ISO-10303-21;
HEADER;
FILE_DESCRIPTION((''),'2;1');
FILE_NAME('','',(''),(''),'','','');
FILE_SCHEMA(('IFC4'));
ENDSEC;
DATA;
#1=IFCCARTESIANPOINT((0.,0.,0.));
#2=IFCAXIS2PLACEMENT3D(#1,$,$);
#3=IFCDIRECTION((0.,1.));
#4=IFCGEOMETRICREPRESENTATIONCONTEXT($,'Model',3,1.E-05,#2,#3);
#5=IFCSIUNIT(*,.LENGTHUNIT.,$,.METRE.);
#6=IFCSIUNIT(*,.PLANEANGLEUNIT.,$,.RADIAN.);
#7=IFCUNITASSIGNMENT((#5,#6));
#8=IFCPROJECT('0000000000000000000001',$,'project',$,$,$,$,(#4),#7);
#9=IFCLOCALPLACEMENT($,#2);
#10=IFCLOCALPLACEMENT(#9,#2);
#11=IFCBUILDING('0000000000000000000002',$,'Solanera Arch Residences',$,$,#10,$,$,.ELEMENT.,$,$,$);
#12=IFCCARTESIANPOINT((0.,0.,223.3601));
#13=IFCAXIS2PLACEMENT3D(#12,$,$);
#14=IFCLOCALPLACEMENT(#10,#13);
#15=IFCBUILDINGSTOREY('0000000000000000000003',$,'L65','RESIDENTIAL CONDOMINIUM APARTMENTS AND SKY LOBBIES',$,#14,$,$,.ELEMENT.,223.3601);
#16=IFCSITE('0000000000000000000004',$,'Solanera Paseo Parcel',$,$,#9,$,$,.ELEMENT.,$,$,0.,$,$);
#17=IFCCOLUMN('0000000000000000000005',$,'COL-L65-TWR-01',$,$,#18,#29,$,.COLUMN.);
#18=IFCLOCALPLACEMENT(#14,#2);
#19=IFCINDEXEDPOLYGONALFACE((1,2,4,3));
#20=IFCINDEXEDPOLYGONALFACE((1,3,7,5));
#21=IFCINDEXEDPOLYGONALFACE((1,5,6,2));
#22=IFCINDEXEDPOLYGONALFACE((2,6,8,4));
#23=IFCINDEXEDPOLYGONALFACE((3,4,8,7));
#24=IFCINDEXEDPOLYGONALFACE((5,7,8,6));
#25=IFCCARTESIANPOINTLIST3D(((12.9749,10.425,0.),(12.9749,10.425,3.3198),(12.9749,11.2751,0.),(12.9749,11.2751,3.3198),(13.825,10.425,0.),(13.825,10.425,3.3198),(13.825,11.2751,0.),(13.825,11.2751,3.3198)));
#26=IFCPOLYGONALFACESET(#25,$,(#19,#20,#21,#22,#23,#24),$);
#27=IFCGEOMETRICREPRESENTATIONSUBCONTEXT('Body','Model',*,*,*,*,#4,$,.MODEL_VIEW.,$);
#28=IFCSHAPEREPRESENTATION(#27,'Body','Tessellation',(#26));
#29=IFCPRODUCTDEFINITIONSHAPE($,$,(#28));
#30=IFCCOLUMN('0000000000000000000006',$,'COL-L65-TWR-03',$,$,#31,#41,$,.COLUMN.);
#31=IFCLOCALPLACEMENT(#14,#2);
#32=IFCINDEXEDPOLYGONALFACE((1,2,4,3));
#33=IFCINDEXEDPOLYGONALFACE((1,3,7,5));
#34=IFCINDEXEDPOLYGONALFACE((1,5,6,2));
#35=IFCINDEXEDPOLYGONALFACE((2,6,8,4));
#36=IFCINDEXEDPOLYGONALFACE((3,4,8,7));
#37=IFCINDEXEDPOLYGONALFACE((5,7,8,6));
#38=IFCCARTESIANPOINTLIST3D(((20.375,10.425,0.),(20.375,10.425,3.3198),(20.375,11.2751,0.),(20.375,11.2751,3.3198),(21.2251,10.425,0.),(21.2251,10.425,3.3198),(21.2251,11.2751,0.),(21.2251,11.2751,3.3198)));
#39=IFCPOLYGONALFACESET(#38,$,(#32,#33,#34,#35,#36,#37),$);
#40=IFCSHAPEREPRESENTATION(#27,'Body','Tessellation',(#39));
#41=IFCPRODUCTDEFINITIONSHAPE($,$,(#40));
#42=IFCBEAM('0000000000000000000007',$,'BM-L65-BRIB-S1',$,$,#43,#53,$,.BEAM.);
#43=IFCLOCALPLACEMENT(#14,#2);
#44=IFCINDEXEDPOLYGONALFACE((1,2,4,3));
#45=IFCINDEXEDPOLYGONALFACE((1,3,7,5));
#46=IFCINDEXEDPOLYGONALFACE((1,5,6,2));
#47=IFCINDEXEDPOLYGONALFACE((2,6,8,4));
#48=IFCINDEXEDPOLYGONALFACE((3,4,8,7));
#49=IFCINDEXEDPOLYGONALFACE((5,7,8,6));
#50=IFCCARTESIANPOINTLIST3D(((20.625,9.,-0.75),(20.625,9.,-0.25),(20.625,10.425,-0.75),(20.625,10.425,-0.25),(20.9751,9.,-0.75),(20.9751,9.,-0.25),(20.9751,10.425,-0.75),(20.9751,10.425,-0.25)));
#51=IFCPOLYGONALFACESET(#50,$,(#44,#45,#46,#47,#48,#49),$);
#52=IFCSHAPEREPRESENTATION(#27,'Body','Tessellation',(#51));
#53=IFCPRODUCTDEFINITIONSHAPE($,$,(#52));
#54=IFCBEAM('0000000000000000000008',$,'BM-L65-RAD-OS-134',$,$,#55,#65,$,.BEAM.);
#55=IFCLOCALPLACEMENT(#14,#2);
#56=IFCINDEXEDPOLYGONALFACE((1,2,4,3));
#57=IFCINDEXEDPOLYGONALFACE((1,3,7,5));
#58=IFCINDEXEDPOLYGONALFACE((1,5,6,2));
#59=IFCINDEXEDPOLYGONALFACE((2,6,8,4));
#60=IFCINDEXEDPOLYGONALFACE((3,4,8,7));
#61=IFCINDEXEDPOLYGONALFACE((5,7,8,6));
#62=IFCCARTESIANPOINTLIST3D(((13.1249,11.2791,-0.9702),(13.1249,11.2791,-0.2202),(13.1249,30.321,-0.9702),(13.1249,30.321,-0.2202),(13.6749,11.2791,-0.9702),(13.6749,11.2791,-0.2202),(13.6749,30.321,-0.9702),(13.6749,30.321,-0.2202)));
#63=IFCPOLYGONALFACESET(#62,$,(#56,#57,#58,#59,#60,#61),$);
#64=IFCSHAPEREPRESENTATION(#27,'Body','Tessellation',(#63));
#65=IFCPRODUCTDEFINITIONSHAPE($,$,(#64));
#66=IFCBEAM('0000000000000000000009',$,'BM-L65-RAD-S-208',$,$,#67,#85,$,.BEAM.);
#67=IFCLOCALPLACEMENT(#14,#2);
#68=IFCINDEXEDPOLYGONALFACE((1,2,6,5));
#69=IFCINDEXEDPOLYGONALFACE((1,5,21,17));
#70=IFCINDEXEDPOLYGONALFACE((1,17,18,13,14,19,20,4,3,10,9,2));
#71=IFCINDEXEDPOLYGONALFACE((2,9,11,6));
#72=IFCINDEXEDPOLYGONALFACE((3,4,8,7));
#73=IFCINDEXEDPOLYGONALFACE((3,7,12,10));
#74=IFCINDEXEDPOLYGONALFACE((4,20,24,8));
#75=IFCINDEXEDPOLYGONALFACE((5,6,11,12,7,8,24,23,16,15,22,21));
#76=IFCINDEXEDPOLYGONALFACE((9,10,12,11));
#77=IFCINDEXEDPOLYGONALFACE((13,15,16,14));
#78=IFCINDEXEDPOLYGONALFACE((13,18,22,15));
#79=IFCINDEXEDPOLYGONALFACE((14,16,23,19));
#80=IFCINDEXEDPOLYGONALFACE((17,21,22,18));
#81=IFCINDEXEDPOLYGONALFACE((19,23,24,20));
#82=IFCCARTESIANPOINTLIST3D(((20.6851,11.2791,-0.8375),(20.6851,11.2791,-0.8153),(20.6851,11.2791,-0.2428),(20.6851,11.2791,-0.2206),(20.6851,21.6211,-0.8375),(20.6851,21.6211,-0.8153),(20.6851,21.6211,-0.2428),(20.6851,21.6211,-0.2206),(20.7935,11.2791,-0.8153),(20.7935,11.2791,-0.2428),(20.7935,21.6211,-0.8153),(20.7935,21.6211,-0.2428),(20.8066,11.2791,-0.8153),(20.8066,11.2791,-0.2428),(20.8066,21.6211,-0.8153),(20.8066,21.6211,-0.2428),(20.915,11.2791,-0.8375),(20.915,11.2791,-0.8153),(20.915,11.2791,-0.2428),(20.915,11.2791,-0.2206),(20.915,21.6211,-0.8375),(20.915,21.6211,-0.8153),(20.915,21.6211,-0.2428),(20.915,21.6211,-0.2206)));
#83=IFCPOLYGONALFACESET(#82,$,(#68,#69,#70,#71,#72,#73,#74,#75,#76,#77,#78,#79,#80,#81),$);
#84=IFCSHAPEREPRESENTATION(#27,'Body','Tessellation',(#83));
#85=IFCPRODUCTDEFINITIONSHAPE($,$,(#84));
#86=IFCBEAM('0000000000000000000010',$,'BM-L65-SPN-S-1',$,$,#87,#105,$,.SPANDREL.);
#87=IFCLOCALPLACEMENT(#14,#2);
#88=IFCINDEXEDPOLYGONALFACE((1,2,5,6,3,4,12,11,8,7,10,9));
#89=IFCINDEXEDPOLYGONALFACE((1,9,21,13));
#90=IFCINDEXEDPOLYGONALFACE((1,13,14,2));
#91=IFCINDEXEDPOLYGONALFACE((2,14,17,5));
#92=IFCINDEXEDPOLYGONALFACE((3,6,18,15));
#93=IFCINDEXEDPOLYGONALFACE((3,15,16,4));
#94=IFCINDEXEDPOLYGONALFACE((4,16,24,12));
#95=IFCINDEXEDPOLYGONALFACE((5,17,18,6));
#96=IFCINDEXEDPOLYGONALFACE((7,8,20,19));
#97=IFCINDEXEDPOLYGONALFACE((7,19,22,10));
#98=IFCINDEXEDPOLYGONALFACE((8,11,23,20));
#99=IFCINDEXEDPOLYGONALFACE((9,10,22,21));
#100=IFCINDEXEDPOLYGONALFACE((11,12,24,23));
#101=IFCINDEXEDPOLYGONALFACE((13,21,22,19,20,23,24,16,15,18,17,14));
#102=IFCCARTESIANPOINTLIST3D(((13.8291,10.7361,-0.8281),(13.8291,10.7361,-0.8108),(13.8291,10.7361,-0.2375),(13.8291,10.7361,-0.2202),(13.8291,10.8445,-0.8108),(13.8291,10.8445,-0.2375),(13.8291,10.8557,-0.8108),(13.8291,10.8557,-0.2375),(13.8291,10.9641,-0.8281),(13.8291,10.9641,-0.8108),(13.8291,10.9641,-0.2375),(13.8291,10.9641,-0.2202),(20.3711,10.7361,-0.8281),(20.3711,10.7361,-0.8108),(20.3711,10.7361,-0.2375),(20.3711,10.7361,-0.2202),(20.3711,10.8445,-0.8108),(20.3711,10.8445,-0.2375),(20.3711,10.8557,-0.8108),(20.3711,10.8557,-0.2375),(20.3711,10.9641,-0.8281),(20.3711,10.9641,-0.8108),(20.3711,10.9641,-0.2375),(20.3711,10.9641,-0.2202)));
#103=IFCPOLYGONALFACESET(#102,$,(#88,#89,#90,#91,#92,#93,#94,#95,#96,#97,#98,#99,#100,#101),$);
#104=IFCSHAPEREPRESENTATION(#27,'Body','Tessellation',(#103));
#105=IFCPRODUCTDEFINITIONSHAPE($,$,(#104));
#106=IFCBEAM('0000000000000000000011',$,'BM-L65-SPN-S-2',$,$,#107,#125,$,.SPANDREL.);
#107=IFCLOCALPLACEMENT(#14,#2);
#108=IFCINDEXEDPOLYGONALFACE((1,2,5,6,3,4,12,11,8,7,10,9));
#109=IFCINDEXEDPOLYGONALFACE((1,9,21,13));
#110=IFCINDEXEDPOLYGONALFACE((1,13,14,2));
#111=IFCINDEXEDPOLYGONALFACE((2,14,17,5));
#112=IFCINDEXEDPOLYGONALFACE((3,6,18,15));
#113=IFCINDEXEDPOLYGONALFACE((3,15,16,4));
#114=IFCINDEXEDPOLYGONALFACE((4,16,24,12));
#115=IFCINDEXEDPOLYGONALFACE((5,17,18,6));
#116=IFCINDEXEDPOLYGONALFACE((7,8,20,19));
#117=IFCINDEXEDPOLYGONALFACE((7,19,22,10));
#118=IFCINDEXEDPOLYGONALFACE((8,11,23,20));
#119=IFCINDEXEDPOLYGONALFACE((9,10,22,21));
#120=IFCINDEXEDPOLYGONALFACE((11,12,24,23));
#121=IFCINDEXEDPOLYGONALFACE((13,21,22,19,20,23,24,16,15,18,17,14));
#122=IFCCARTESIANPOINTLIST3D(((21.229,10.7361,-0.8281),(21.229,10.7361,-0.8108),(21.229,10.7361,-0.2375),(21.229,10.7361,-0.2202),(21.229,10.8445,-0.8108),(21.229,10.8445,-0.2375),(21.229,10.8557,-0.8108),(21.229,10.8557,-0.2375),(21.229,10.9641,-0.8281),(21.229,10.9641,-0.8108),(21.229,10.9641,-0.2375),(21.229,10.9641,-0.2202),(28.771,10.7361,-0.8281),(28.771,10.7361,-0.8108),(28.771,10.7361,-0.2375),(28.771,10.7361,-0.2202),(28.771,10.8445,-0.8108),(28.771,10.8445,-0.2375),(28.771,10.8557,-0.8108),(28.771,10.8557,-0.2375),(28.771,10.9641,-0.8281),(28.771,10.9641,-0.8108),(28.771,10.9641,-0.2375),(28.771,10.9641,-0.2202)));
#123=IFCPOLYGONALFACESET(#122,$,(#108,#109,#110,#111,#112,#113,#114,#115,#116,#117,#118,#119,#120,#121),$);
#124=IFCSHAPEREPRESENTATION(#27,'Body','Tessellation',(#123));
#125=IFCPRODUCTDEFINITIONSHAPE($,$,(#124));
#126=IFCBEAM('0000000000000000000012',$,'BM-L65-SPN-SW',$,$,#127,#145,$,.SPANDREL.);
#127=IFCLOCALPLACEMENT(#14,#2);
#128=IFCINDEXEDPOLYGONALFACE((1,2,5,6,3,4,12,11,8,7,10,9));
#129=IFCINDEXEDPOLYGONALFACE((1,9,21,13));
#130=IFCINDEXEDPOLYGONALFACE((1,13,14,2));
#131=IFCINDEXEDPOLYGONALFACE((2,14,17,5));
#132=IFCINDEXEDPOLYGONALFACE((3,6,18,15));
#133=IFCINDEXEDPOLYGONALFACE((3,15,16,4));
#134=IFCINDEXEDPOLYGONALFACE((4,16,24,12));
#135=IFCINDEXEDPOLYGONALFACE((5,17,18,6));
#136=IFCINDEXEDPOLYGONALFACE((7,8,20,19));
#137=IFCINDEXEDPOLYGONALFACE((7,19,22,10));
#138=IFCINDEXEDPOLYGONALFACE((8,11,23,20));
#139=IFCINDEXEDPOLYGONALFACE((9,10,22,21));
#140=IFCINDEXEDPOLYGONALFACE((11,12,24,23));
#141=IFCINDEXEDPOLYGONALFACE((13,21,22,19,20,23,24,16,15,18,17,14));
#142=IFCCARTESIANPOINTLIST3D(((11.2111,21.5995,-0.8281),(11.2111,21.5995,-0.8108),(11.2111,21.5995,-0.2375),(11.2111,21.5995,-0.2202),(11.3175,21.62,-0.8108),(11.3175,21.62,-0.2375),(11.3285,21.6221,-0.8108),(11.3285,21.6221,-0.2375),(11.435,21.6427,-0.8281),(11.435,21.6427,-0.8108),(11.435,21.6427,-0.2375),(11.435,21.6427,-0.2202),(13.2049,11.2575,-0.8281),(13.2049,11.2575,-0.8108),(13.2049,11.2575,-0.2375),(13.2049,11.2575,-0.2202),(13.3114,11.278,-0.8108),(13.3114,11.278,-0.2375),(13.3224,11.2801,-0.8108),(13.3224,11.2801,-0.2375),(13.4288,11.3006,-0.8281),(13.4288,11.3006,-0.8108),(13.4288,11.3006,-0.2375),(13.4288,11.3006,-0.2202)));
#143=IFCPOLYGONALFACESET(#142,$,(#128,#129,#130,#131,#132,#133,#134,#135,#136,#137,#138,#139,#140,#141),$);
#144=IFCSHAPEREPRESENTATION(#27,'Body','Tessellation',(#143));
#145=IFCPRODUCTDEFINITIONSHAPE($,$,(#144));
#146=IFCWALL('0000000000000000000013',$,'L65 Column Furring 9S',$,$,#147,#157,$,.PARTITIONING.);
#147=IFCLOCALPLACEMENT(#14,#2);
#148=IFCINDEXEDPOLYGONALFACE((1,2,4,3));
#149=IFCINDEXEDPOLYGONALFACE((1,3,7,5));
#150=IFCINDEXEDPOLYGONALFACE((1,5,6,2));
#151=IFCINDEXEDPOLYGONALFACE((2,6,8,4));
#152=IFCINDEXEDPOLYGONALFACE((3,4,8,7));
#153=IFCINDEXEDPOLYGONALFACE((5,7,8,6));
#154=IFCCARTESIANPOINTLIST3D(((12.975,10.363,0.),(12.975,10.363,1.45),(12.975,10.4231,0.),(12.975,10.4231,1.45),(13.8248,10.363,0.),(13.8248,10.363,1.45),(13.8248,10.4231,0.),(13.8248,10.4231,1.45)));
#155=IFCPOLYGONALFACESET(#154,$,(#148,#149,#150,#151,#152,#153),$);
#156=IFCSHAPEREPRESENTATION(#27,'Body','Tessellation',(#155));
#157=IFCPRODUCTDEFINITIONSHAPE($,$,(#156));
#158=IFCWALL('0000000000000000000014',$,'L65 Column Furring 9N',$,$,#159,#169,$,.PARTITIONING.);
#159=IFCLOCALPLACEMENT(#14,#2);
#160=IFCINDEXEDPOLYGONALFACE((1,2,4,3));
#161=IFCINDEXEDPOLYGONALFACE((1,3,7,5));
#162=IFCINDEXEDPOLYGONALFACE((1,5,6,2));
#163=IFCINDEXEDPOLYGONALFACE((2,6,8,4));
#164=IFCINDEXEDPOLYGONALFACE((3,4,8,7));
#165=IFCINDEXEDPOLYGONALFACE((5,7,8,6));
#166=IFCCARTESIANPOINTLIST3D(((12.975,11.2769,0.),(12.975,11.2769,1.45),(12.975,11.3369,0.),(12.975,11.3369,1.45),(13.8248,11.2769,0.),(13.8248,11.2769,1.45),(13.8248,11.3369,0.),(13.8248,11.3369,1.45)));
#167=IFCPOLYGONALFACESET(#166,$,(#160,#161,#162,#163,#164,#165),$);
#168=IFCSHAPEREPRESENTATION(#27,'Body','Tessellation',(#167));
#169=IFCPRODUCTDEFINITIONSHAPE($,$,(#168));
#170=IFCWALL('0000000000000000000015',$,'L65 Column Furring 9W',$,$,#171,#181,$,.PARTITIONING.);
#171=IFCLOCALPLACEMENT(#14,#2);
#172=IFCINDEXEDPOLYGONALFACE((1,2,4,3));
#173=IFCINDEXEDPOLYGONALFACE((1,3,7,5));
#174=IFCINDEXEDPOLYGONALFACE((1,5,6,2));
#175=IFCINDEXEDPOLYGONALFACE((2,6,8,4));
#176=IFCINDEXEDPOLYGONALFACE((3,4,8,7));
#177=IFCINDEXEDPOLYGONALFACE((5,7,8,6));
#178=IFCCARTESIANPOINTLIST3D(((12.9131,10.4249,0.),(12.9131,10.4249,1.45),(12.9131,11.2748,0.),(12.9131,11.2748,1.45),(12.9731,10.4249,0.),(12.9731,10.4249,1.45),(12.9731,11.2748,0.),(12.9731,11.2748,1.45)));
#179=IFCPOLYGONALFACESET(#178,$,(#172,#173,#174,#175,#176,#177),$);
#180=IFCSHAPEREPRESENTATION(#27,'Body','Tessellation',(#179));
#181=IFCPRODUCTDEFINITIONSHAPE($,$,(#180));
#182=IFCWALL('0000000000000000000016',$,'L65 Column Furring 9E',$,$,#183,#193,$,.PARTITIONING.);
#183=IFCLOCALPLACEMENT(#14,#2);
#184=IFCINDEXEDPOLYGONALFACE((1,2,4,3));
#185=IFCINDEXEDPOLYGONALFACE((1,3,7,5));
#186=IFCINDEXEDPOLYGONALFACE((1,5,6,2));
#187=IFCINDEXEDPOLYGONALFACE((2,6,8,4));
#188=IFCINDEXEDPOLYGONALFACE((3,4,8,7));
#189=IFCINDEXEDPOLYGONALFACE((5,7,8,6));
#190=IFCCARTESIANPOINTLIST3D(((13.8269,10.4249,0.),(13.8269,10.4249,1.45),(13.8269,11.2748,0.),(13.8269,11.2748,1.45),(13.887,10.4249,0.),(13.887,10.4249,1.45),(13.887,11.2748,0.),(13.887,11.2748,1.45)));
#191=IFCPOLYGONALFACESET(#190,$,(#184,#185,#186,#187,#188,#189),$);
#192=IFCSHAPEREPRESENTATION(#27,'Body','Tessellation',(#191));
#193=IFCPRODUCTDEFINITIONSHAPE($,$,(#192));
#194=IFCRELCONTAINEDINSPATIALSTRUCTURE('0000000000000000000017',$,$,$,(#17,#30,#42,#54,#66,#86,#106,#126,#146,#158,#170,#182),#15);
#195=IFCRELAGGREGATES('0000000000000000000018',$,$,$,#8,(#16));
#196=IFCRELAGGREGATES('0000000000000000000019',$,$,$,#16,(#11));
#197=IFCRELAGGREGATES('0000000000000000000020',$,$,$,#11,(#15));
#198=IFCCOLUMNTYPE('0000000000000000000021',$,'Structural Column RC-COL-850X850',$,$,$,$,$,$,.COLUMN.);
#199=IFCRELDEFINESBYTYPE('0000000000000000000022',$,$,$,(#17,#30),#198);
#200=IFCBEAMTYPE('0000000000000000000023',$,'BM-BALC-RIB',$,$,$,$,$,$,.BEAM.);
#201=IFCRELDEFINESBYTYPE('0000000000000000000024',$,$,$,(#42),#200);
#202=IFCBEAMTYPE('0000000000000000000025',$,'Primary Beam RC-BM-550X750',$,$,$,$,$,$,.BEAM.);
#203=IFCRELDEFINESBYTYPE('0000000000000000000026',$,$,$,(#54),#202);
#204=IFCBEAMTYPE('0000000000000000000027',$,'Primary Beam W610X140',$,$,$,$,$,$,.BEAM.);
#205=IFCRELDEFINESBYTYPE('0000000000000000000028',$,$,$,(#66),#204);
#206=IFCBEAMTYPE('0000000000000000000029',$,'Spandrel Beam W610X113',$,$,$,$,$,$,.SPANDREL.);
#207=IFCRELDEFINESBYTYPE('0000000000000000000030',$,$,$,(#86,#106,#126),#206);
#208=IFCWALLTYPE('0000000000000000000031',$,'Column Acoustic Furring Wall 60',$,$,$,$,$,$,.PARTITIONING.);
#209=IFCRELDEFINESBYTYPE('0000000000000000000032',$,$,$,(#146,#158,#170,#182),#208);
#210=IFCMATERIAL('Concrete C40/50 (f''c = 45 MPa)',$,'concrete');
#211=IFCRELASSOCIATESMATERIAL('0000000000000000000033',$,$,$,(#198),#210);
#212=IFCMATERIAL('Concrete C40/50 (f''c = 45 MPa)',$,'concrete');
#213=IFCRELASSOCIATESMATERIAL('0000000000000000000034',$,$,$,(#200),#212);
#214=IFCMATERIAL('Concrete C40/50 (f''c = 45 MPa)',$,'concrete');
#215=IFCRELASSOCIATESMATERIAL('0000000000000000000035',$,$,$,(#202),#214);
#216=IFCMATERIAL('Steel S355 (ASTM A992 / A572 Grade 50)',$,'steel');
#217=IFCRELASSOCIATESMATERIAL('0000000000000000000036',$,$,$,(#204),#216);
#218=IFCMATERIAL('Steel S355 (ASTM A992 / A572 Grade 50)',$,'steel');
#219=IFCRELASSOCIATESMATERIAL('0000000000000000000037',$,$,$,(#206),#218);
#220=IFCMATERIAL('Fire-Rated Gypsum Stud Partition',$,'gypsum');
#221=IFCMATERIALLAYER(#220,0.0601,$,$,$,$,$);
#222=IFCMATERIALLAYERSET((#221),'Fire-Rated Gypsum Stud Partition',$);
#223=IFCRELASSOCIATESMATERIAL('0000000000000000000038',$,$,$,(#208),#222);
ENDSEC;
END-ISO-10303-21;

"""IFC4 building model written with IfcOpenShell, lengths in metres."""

from ifc_helpers import new_model, si_unit, direction, frame, frame_2d, origin, origin_2d, place, context, subcontext, project, spatial, rectangle, i_section, extrude, material, layer, layer_set, material_profile, profile_set, type_object, element, save


model = new_model("IFC4")

# Units and contexts
model_context = context("Model", 3, precision=1e-05, world=origin(), true_north=direction((0.0, 1.0)))
body_context = subcontext(model_context, "Body", "Model", "MODEL_VIEW")
ifc_project = project(units=[si_unit("LENGTHUNIT", "METRE"), si_unit("PLANEANGLEUNIT", "RADIAN")], contexts=[model_context])

# Site, building, storey
site_placement = place(None, origin())
site = spatial("IfcSite", under=ifc_project, at=site_placement, Name="Solanera Paseo Parcel", CompositionType="ELEMENT", RefElevation=0.0)
building_placement = place(site_placement, origin())
building = spatial("IfcBuilding", under=site, at=building_placement, Name="Solanera Arch Residences", CompositionType="ELEMENT")
storey_placement = place(building_placement, frame((0.0, 0.0, 223.3601)))
storey = spatial("IfcBuildingStorey", under=building, at=storey_placement, Name="L65", Description="RESIDENTIAL CONDOMINIUM APARTMENTS AND SKY LOBBIES", CompositionType="ELEMENT", Elevation=223.3601)

# Columns
ifc_material_1 = material(Name="Concrete C40/50 (f'c = 45 MPa)", Category="concrete")
ifc_material_profile_1 = material_profile(ifc_material_1, rectangle(XDim=0.8501, YDim=0.8501, at=origin_2d()))
ifc_profile_set_1 = profile_set([ifc_material_profile_1], Name="Concrete C40/50 (f'c = 45 MPa)")
column_type = type_object("IfcColumnType", Name="Structural Column RC-COL-850X850", PredefinedType="COLUMN", material=ifc_profile_set_1)
for number, where, z_axis, x_axis, name in (
    (1, (13.3999, 10.8501, 0.0), (0.0, 0.0, 1.0), (1.0, 0.0, 0.0), "COL-L65-TWR-01"),
    (2, (20.8, 10.8501, 0.0), (0.0, 0.0, 1.0), (1.0, 0.0, 0.0), "COL-L65-TWR-03"),
):
    element("IfcColumn", number, at=place(storey_placement, frame(where, z_axis=z_axis, x_axis=x_axis)), inside=storey, type_object=column_type, Name=name, PredefinedType="COLUMN", context=body_context, shape_type="SweptSolid", body=[
        extrude(rectangle(XDim=0.8501, YDim=0.8501, at=origin_2d()), origin(), (0.0, 0.0, 1.0), 3.3198),
    ])

# Beams
ifc_material_2 = material(Name="Concrete C40/50 (f'c = 45 MPa)", Category="concrete")
ifc_material_profile_2 = material_profile(ifc_material_2, rectangle(XDim=0.3501, YDim=0.5, at=origin_2d()))
ifc_profile_set_2 = profile_set([ifc_material_profile_2], Name="Concrete C40/50 (f'c = 45 MPa)")
beam_type_1 = type_object("IfcBeamType", Name="BM-BALC-RIB", PredefinedType="BEAM", material=ifc_profile_set_2)
beam_1_placement = place(storey_placement, frame((20.8, 9.0, -0.5), z_axis=(0.0, 1.0, 0.0), x_axis=(-1.0, 0.0, 0.0)))
element("IfcBeam", 3, at=beam_1_placement, inside=storey, type_object=beam_type_1, Name="BM-L65-BRIB-S1", PredefinedType="BEAM", context=body_context, shape_type="SweptSolid", body=[
    extrude(rectangle(XDim=0.3501, YDim=0.5, at=origin_2d()), origin(), (0.0, 0.0, 1.0), 1.425),
])
ifc_material_3 = material(Name="Concrete C40/50 (f'c = 45 MPa)", Category="concrete")
ifc_material_profile_3 = material_profile(ifc_material_3, rectangle(XDim=0.55, YDim=0.75, at=origin_2d()))
ifc_profile_set_3 = profile_set([ifc_material_profile_3], Name="Concrete C40/50 (f'c = 45 MPa)")
beam_type_2 = type_object("IfcBeamType", Name="Primary Beam RC-BM-550X750", PredefinedType="BEAM", material=ifc_profile_set_3)
beam_2_placement = place(storey_placement, frame((13.3999, 11.2791, -0.5952), z_axis=(0.0, 1.0, 0.0), x_axis=(-1.0, 0.0, 0.0)))
element("IfcBeam", 4, at=beam_2_placement, inside=storey, type_object=beam_type_2, Name="BM-L65-RAD-OS-134", PredefinedType="BEAM", context=body_context, shape_type="SweptSolid", body=[
    extrude(rectangle(XDim=0.55, YDim=0.75, at=origin_2d()), origin(), (0.0, 0.0, 1.0), 19.042),
])
ifc_material_4 = material(Name="Steel S355 (ASTM A992 / A572 Grade 50)", Category="steel")
ifc_material_profile_4 = material_profile(ifc_material_4, i_section(OverallWidth=0.23, OverallDepth=0.6169, WebThickness=0.0132, FlangeThickness=0.0222, at=origin_2d()))
ifc_profile_set_4 = profile_set([ifc_material_profile_4], Name="Steel S355 (ASTM A992 / A572 Grade 50)")
beam_type_3 = type_object("IfcBeamType", Name="Primary Beam W610X140", PredefinedType="BEAM", material=ifc_profile_set_4)
beam_3_placement = place(storey_placement, frame((20.8, 11.2791, -0.5291), z_axis=(0.0, 1.0, 0.0), x_axis=(-1.0, 0.0, 0.0)))
element("IfcBeam", 5, at=beam_3_placement, inside=storey, type_object=beam_type_3, Name="BM-L65-RAD-S-208", PredefinedType="BEAM", context=body_context, shape_type="SweptSolid", body=[
    extrude(i_section(OverallWidth=0.23, OverallDepth=0.6169, WebThickness=0.0132, FlangeThickness=0.0222, at=origin_2d()), origin(), (0.0, 0.0, 1.0), 10.342),
])
ifc_material_5 = material(Name="Steel S355 (ASTM A992 / A572 Grade 50)", Category="steel")
ifc_material_profile_5 = material_profile(ifc_material_5, i_section(OverallWidth=0.228, OverallDepth=0.6079, WebThickness=0.0112, FlangeThickness=0.0173, at=origin_2d()))
ifc_profile_set_5 = profile_set([ifc_material_profile_5], Name="Steel S355 (ASTM A992 / A572 Grade 50)")
beam_type_4 = type_object("IfcBeamType", Name="Spandrel Beam W610X113", PredefinedType="SPANDREL", material=ifc_profile_set_5)
beam_4_placement = place(storey_placement, frame((13.8291, 10.8501, -0.5242), z_axis=(1.0, 0.0, 0.0), x_axis=(0.0, 1.0, 0.0)))
element("IfcBeam", 6, at=beam_4_placement, inside=storey, type_object=beam_type_4, Name="BM-L65-SPN-S-1", PredefinedType="SPANDREL", context=body_context, shape_type="SweptSolid", body=[
    extrude(i_section(OverallWidth=0.228, OverallDepth=0.6079, WebThickness=0.0112, FlangeThickness=0.0173, at=origin_2d()), origin(), (0.0, 0.0, 1.0), 6.542),
])
beam_5_placement = place(storey_placement, frame((21.229, 10.8501, -0.5242), z_axis=(1.0, 0.0, 0.0), x_axis=(0.0, 1.0, 0.0)))
element("IfcBeam", 7, at=beam_5_placement, inside=storey, type_object=beam_type_4, Name="BM-L65-SPN-S-2", PredefinedType="SPANDREL", context=body_context, shape_type="SweptSolid", body=[
    extrude(i_section(OverallWidth=0.228, OverallDepth=0.6079, WebThickness=0.0112, FlangeThickness=0.0173, at=origin_2d()), origin(), (0.0, 0.0, 1.0), 7.542),
])
beam_6_placement = place(storey_placement, frame((13.3169, 11.2791, -0.5242), z_axis=(-0.189309, 0.981918, 0.0), x_axis=(-0.981918, -0.189309, 0.0)))
element("IfcBeam", 8, at=beam_6_placement, inside=storey, type_object=beam_type_4, Name="BM-L65-SPN-SW", PredefinedType="SPANDREL", context=body_context, shape_type="SweptSolid", body=[
    extrude(i_section(OverallWidth=0.228, OverallDepth=0.6079, WebThickness=0.0112, FlangeThickness=0.0173, at=origin_2d()), origin(), (0.0, 0.0, 1.0), 10.5325),
])

# Walls
ifc_material_6 = material(Name="Fire-Rated Gypsum Stud Partition", Category="gypsum")
ifc_layer_1 = layer(ifc_material_6, 0.0601)
ifc_layer_set_1 = layer_set([ifc_layer_1], Name="Fire-Rated Gypsum Stud Partition")
wall_type_1 = type_object("IfcWallType", Name="Column Acoustic Furring Wall 60", PredefinedType="PARTITIONING", material=ifc_layer_set_1)
for number, where, z_axis, x_axis, name in (
    (9, (12.9751, 10.3931, 0.0), (0.0, 0.0, 1.0), (1.0, 0.0, 0.0), "L65 Column Furring 9S"),
    (10, (12.9751, 11.3069, 0.0), (0.0, 0.0, 1.0), (1.0, 0.0, 0.0), "L65 Column Furring 9N"),
    (11, (12.9431, 10.425, 0.0), (0.0, 0.0, 1.0), (0.0, 1.0, 0.0), "L65 Column Furring 9W"),
    (12, (13.8569, 10.425, 0.0), (0.0, 0.0, 1.0), (0.0, 1.0, 0.0), "L65 Column Furring 9E"),
):
    element("IfcWall", number, at=place(storey_placement, frame(where, z_axis=z_axis, x_axis=x_axis)), inside=storey, type_object=wall_type_1, Name=name, PredefinedType="PARTITIONING", context=body_context, shape_type="SweptSolid", body=[
        extrude(rectangle(XDim=0.8499, YDim=0.0601, at=frame_2d((0.4248, 0.0))), origin(), (0.0, 0.0, 1.0), 1.45),
    ])

save(model, "model.ifc")
